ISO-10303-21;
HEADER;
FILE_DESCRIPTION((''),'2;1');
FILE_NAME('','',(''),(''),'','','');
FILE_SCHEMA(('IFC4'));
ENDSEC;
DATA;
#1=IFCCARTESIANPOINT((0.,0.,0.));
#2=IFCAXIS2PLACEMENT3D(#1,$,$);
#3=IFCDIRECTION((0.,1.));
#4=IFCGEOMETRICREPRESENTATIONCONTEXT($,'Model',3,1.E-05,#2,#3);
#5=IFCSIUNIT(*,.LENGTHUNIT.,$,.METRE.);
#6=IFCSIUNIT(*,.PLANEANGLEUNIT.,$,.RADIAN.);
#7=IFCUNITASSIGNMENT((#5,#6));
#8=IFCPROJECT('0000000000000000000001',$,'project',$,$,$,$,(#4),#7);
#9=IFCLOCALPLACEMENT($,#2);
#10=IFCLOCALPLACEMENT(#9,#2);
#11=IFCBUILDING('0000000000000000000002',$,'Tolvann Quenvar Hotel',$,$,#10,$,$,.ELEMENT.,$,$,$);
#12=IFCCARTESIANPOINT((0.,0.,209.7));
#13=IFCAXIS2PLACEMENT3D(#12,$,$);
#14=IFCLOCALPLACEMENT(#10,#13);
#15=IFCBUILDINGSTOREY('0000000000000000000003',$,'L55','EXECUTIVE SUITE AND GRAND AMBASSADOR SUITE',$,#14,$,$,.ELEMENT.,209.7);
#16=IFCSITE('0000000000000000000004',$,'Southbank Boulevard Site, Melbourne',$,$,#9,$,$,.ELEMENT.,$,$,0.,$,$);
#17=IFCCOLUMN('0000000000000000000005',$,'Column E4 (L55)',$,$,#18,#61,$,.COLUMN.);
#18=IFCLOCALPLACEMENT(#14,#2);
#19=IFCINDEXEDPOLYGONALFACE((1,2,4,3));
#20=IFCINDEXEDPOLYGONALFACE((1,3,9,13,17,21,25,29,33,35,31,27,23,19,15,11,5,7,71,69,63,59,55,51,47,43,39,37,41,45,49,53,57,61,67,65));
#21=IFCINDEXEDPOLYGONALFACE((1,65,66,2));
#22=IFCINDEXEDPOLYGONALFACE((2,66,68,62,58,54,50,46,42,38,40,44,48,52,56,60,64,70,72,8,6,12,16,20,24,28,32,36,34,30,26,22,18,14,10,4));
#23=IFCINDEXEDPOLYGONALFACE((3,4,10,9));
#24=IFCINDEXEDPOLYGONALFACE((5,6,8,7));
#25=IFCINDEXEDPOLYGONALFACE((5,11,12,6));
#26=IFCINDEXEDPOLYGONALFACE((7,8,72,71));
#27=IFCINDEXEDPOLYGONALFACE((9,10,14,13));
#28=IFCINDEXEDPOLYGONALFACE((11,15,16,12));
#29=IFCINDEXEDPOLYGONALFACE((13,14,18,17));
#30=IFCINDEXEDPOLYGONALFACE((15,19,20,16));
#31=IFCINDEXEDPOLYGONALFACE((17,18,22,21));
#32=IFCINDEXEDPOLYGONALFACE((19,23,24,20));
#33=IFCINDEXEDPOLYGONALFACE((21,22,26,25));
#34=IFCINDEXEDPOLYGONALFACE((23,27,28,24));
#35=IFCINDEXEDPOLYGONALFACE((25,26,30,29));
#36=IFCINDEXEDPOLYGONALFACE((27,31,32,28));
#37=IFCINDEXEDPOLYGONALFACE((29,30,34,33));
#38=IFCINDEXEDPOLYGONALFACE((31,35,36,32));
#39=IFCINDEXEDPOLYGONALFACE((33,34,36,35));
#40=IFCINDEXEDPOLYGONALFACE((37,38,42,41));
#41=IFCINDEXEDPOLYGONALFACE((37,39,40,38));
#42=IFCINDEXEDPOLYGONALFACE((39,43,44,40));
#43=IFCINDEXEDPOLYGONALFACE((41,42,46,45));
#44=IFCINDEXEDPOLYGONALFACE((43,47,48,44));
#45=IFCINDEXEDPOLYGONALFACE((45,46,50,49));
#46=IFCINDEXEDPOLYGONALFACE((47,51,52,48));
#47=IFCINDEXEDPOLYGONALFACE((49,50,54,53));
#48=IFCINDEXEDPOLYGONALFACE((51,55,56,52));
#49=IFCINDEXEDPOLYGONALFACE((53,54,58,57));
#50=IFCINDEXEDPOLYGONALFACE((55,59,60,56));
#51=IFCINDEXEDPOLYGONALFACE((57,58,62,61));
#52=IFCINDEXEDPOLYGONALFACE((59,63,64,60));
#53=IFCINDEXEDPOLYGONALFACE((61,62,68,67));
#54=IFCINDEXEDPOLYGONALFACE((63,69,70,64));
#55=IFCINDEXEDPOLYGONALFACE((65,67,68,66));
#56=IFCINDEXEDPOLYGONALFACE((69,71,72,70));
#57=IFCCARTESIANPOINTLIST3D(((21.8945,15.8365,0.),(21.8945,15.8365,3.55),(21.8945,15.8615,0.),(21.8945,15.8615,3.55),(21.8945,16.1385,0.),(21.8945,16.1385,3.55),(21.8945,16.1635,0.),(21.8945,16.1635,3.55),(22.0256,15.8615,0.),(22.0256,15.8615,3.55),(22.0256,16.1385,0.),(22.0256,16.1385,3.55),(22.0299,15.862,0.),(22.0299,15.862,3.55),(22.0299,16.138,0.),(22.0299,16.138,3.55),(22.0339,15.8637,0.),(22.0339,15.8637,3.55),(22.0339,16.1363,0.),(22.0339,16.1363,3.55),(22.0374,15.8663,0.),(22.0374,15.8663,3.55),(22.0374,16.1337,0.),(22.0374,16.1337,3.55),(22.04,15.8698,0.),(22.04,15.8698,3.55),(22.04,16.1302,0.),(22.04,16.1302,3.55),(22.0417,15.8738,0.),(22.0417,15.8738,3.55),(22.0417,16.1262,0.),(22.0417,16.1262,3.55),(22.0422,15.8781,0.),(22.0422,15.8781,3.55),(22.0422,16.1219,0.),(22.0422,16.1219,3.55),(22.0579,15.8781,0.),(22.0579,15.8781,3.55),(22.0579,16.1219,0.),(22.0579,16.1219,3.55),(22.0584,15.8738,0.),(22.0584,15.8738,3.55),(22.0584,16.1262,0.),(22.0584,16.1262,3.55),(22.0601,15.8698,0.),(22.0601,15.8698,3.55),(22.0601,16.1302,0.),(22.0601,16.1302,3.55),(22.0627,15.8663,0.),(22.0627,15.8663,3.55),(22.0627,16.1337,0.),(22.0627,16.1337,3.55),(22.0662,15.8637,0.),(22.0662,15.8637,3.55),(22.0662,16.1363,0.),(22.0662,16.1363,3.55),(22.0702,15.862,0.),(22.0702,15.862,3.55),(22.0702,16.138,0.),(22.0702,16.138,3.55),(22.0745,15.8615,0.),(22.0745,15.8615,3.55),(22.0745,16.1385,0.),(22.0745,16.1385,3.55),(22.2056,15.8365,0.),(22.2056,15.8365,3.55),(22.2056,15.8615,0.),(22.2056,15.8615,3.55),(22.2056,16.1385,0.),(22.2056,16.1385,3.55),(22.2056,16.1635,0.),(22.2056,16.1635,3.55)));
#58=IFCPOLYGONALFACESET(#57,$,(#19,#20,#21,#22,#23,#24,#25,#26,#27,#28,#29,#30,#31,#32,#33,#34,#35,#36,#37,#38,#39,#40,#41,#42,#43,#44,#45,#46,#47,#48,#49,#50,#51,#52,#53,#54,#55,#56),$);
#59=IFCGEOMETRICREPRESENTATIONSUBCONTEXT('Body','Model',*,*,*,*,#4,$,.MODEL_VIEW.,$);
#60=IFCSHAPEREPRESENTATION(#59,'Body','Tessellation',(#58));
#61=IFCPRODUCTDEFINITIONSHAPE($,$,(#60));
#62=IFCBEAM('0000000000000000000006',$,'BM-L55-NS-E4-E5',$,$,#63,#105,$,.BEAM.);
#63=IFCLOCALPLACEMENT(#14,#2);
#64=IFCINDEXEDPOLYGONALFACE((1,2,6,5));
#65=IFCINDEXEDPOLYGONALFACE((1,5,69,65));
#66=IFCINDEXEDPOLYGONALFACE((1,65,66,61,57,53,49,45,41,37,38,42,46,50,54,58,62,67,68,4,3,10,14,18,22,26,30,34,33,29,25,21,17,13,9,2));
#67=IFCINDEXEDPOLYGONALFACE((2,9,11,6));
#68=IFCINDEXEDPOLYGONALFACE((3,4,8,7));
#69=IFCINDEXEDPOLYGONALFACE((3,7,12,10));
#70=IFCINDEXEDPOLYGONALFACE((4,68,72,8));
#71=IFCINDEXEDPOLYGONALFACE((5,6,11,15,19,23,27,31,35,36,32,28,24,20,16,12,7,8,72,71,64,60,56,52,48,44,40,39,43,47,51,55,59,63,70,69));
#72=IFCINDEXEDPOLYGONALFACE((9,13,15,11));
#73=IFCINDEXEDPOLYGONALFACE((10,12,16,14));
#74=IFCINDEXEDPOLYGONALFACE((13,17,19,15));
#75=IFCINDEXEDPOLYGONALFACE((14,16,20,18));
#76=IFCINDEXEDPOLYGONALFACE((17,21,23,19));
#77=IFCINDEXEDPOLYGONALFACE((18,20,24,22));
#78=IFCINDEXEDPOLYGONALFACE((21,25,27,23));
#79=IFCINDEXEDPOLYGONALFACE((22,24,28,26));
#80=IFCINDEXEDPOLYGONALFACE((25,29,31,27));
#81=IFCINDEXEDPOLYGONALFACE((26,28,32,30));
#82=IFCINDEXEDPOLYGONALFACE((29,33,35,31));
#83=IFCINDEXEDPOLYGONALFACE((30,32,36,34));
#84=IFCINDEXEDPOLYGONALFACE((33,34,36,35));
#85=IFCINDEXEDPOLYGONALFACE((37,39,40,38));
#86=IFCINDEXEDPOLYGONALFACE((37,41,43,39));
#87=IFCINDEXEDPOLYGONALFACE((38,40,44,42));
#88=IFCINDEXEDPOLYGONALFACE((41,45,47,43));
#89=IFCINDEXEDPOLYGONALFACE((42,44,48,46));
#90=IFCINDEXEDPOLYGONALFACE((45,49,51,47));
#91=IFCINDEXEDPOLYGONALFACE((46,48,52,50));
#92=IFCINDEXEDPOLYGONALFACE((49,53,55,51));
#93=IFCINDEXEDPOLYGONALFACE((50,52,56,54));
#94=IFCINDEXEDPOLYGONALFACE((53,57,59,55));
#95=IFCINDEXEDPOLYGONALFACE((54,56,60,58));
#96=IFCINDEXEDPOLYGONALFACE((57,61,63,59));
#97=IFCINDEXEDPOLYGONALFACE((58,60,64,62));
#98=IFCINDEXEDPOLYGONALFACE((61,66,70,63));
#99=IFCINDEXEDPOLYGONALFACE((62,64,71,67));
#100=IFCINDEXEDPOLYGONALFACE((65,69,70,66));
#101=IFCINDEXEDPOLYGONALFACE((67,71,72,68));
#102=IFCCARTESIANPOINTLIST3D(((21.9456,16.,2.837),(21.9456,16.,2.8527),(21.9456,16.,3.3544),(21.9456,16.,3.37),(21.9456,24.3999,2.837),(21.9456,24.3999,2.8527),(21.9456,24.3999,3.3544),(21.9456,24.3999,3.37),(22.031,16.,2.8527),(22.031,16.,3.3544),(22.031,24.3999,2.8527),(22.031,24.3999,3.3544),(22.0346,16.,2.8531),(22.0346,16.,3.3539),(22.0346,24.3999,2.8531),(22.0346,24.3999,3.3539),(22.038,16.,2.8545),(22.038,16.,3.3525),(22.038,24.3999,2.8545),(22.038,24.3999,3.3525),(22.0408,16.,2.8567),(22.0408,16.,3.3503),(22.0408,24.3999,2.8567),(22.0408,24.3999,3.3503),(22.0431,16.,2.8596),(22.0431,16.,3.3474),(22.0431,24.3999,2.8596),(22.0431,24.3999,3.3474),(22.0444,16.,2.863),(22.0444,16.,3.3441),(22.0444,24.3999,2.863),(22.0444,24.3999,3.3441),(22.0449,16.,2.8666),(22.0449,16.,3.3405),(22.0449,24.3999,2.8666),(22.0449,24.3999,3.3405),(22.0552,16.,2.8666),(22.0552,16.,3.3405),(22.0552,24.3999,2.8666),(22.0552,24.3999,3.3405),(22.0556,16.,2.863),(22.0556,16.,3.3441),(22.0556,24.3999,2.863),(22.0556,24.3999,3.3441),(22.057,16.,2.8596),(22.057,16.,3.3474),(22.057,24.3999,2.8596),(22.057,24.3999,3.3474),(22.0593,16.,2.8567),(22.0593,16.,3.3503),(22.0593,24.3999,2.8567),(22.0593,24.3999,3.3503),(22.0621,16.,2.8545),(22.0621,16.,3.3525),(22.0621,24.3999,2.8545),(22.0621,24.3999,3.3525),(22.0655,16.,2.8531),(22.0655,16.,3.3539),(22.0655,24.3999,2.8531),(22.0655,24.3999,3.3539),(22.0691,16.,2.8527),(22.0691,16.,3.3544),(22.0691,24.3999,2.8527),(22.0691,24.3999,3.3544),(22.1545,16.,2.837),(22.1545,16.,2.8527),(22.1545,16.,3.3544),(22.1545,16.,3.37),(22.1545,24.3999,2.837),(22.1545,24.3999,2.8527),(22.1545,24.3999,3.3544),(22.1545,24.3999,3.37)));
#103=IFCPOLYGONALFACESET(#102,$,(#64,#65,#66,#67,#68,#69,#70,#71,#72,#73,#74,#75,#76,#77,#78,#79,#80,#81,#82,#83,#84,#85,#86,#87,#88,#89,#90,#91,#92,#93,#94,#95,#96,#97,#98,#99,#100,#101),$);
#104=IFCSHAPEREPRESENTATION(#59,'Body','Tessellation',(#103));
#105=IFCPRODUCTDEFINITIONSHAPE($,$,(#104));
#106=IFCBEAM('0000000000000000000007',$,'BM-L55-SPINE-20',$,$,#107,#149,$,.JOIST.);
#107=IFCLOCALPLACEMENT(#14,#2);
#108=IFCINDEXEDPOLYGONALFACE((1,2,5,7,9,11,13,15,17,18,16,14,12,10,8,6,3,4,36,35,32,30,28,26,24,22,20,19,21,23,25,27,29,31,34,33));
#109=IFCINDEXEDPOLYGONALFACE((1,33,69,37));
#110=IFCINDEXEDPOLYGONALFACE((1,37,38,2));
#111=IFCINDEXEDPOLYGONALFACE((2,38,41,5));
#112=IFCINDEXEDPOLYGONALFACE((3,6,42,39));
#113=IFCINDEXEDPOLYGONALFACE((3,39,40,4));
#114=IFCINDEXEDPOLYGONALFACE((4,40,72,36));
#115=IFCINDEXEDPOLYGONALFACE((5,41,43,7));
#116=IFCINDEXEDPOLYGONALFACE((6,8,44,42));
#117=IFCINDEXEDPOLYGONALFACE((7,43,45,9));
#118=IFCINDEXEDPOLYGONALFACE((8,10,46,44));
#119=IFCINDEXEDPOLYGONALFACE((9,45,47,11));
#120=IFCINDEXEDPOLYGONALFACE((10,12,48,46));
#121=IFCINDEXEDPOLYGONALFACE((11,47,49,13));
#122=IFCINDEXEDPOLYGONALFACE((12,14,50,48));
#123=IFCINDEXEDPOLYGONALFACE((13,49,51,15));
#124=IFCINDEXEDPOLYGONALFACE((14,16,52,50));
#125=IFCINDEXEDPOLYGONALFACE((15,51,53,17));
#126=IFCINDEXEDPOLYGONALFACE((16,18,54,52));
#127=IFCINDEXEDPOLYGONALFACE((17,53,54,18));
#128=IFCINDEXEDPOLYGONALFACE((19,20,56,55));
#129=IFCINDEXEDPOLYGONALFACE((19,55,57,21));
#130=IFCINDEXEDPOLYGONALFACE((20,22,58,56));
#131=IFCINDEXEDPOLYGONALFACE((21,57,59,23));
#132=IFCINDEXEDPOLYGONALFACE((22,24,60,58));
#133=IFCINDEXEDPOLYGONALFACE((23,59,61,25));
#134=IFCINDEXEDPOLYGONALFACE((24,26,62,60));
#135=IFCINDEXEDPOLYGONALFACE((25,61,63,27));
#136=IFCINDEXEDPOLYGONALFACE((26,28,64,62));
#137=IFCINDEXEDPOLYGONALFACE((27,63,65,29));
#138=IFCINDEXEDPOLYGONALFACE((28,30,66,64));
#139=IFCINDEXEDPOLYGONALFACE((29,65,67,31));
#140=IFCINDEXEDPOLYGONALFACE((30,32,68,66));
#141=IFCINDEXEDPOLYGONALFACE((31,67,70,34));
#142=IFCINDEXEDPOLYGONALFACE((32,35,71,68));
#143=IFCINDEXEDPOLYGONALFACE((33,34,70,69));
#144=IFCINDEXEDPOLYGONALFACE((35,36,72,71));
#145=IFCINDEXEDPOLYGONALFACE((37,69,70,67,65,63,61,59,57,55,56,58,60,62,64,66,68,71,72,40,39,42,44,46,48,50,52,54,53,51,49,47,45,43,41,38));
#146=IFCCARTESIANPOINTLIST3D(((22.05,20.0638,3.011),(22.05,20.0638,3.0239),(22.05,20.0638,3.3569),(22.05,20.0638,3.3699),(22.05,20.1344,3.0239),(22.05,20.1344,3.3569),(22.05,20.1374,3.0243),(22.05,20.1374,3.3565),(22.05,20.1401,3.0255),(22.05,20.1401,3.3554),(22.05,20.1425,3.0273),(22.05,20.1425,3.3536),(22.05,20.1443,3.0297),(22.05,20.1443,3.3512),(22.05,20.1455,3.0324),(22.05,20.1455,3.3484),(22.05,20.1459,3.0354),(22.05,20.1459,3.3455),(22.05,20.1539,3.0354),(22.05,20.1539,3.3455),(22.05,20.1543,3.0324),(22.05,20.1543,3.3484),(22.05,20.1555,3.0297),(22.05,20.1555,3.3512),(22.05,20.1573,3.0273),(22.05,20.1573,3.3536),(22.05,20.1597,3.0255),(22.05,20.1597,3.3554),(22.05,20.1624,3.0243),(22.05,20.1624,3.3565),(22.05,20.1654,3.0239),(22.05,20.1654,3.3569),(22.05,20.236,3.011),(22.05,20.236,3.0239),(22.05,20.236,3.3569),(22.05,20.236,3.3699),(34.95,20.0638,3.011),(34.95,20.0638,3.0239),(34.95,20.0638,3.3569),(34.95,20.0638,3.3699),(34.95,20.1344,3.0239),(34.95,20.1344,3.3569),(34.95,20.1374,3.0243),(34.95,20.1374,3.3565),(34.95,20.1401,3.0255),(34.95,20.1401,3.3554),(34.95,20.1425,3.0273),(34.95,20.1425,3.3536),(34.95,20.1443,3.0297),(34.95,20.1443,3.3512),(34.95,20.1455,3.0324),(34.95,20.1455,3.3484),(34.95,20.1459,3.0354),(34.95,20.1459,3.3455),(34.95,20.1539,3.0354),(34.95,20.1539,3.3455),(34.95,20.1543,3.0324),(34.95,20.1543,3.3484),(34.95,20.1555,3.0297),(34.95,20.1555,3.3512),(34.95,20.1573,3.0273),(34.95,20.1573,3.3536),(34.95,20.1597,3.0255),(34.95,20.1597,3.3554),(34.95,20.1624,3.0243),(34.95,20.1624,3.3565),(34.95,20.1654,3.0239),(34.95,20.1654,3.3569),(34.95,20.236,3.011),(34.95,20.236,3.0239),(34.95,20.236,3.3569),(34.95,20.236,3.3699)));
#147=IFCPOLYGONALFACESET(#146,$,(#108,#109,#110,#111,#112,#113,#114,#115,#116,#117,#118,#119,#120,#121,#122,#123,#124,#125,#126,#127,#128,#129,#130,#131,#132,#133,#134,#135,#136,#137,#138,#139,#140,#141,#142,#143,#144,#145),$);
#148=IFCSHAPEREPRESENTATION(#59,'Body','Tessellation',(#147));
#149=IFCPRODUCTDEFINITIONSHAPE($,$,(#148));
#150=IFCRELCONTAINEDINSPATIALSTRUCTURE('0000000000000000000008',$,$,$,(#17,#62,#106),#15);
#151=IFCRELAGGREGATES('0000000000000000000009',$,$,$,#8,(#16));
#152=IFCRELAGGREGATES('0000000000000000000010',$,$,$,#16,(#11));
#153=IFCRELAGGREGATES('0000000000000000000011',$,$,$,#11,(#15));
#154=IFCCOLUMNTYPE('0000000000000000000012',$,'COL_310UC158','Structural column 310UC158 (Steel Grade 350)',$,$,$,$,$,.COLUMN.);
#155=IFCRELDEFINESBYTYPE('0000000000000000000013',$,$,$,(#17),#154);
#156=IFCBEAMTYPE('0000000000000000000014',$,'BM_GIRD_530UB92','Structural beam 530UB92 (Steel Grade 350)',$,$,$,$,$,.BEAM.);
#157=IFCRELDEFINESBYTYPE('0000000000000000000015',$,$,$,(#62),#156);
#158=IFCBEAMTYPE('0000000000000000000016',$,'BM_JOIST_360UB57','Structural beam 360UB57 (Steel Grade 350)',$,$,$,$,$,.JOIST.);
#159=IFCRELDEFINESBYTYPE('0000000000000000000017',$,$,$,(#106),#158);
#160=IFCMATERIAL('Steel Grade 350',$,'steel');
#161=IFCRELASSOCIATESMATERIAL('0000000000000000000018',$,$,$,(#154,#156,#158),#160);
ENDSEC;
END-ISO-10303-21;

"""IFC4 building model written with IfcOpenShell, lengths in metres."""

from ifc_helpers import new_model, si_unit, direction, frame, origin, origin_2d, place, context, subcontext, project, spatial, i_section, extrude, source, transform, mapped, material, material_profile, profile_set, type_object, type_shapes, element, save


model = new_model("IFC4")

# Units and contexts
model_context = context("Model", 3, precision=1e-05, world=origin(), true_north=direction((0.0, 1.0)))
body_context = subcontext(model_context, "Body", "Model", "MODEL_VIEW")
ifc_project = project(units=[si_unit("LENGTHUNIT", "METRE"), si_unit("PLANEANGLEUNIT", "RADIAN")], contexts=[model_context])

# Site, building, storey
site_placement = place(None, origin())
site = spatial("IfcSite", under=ifc_project, at=site_placement, Name="Southbank Boulevard Site, Melbourne", CompositionType="ELEMENT", RefElevation=0.0)
building_placement = place(site_placement, origin())
building = spatial("IfcBuilding", under=site, at=building_placement, Name="Tolvann Quenvar Hotel", CompositionType="ELEMENT")
storey_placement = place(building_placement, frame((0.0, 0.0, 209.7)))
storey = spatial("IfcBuildingStorey", under=building, at=storey_placement, Name="L55", Description="EXECUTIVE SUITE AND GRAND AMBASSADOR SUITE", CompositionType="ELEMENT", Elevation=209.7)

# Column
ifc_material_1 = material(Name="Steel Grade 350", Category="steel")
ifc_material_profile_1 = material_profile(ifc_material_1, i_section(OverallWidth=0.311, OverallDepth=0.3269, WebThickness=0.0156, FlangeThickness=0.0249, FilletRadius=0.0166, at=origin_2d()), Name="310UC158")
ifc_profile_set_1 = profile_set([ifc_material_profile_1], Name="Steel Grade 350")
column_type = type_object("IfcColumnType", Name="COL_310UC158", Description="Structural column 310UC158 (Steel Grade 350)", PredefinedType="COLUMN", material=ifc_profile_set_1)
shared_shape_1 = source(origin(), body_context, "Body", "SweptSolid", [
    extrude(i_section(OverallWidth=0.311, OverallDepth=0.3269, WebThickness=0.0156, FlangeThickness=0.0249, FilletRadius=0.0166, at=origin_2d()), origin(), (0.0, 0.0, 1.0), 3.55),
])
type_shapes(column_type, [shared_shape_1])
column_placement = place(storey_placement, frame((22.05, 16.0, 0.0), z_axis=(0.0, 0.0, 1.0), x_axis=(1.0, 0.0, 0.0)))
element("IfcColumn", 1, at=column_placement, inside=storey, type_object=column_type, Name="Column E4 (L55)", PredefinedType="COLUMN", context=body_context, shape_type="MappedRepresentation", body=[
    mapped(shared_shape_1, transform((0.0, 0.0, 0.0), x_axis=(1.0, 0.0, 0.0), y_axis=(0.0, 1.0, 0.0), z_axis=(0.0, 0.0, 1.0), scale=1.0)),
])

# Beams
ifc_material_profile_2 = material_profile(ifc_material_1, i_section(OverallWidth=0.209, OverallDepth=0.533, WebThickness=0.0103, FlangeThickness=0.0156, FilletRadius=0.0139, at=origin_2d()), Name="530UB92")
ifc_profile_set_2 = profile_set([ifc_material_profile_2], Name="Steel Grade 350")
beam_type_1 = type_object("IfcBeamType", Name="BM_GIRD_530UB92", Description="Structural beam 530UB92 (Steel Grade 350)", PredefinedType="BEAM", material=ifc_profile_set_2)
shared_shape_2 = source(origin(), body_context, "Body", "SweptSolid", [
    extrude(i_section(OverallWidth=0.209, OverallDepth=0.533, WebThickness=0.0103, FlangeThickness=0.0156, FilletRadius=0.0139, at=origin_2d()), origin(), (0.0, 0.0, 1.0), 8.3999),
])
type_shapes(beam_type_1, [shared_shape_2])
beam_1_placement = place(storey_placement, frame((22.05, 16.0, 3.1035), z_axis=(0.0, 1.0, 0.0), x_axis=(-1.0, 0.0, 0.0)))
element("IfcBeam", 2, at=beam_1_placement, inside=storey, type_object=beam_type_1, Name="BM-L55-NS-E4-E5", PredefinedType="BEAM", context=body_context, shape_type="MappedRepresentation", body=[
    mapped(shared_shape_2, transform((0.0, 0.0, 0.0), x_axis=(1.0, 0.0, 0.0), y_axis=(0.0, 1.0, 0.0), z_axis=(0.0, 0.0, 1.0), scale=1.0)),
])
ifc_material_profile_3 = material_profile(ifc_material_1, i_section(OverallWidth=0.1721, OverallDepth=0.3589, WebThickness=0.0081, FlangeThickness=0.0129, FilletRadius=0.0115, at=origin_2d()), Name="360UB57")
ifc_profile_set_3 = profile_set([ifc_material_profile_3], Name="Steel Grade 350")
beam_type_2 = type_object("IfcBeamType", Name="BM_JOIST_360UB57", Description="Structural beam 360UB57 (Steel Grade 350)", PredefinedType="JOIST", material=ifc_profile_set_3)
shared_shape_3 = source(origin(), body_context, "Body", "SweptSolid", [
    extrude(i_section(OverallWidth=0.1721, OverallDepth=0.3589, WebThickness=0.0081, FlangeThickness=0.0129, FilletRadius=0.0115, at=origin_2d()), origin(), (0.0, 0.0, 1.0), 12.8999),
])
type_shapes(beam_type_2, [shared_shape_3])
beam_2_placement = place(storey_placement, frame((22.05, 20.1499, 3.1904), z_axis=(1.0, 0.0, 0.0), x_axis=(0.0, 1.0, 0.0)))
element("IfcBeam", 3, at=beam_2_placement, inside=storey, type_object=beam_type_2, Name="BM-L55-SPINE-20", PredefinedType="JOIST", context=body_context, shape_type="MappedRepresentation", body=[
    mapped(shared_shape_3, transform((0.0, 0.0, 0.0), x_axis=(1.0, 0.0, 0.0), y_axis=(0.0, 1.0, 0.0), z_axis=(0.0, 0.0, 1.0), scale=1.0)),
])

save(model, "model.ifc")
